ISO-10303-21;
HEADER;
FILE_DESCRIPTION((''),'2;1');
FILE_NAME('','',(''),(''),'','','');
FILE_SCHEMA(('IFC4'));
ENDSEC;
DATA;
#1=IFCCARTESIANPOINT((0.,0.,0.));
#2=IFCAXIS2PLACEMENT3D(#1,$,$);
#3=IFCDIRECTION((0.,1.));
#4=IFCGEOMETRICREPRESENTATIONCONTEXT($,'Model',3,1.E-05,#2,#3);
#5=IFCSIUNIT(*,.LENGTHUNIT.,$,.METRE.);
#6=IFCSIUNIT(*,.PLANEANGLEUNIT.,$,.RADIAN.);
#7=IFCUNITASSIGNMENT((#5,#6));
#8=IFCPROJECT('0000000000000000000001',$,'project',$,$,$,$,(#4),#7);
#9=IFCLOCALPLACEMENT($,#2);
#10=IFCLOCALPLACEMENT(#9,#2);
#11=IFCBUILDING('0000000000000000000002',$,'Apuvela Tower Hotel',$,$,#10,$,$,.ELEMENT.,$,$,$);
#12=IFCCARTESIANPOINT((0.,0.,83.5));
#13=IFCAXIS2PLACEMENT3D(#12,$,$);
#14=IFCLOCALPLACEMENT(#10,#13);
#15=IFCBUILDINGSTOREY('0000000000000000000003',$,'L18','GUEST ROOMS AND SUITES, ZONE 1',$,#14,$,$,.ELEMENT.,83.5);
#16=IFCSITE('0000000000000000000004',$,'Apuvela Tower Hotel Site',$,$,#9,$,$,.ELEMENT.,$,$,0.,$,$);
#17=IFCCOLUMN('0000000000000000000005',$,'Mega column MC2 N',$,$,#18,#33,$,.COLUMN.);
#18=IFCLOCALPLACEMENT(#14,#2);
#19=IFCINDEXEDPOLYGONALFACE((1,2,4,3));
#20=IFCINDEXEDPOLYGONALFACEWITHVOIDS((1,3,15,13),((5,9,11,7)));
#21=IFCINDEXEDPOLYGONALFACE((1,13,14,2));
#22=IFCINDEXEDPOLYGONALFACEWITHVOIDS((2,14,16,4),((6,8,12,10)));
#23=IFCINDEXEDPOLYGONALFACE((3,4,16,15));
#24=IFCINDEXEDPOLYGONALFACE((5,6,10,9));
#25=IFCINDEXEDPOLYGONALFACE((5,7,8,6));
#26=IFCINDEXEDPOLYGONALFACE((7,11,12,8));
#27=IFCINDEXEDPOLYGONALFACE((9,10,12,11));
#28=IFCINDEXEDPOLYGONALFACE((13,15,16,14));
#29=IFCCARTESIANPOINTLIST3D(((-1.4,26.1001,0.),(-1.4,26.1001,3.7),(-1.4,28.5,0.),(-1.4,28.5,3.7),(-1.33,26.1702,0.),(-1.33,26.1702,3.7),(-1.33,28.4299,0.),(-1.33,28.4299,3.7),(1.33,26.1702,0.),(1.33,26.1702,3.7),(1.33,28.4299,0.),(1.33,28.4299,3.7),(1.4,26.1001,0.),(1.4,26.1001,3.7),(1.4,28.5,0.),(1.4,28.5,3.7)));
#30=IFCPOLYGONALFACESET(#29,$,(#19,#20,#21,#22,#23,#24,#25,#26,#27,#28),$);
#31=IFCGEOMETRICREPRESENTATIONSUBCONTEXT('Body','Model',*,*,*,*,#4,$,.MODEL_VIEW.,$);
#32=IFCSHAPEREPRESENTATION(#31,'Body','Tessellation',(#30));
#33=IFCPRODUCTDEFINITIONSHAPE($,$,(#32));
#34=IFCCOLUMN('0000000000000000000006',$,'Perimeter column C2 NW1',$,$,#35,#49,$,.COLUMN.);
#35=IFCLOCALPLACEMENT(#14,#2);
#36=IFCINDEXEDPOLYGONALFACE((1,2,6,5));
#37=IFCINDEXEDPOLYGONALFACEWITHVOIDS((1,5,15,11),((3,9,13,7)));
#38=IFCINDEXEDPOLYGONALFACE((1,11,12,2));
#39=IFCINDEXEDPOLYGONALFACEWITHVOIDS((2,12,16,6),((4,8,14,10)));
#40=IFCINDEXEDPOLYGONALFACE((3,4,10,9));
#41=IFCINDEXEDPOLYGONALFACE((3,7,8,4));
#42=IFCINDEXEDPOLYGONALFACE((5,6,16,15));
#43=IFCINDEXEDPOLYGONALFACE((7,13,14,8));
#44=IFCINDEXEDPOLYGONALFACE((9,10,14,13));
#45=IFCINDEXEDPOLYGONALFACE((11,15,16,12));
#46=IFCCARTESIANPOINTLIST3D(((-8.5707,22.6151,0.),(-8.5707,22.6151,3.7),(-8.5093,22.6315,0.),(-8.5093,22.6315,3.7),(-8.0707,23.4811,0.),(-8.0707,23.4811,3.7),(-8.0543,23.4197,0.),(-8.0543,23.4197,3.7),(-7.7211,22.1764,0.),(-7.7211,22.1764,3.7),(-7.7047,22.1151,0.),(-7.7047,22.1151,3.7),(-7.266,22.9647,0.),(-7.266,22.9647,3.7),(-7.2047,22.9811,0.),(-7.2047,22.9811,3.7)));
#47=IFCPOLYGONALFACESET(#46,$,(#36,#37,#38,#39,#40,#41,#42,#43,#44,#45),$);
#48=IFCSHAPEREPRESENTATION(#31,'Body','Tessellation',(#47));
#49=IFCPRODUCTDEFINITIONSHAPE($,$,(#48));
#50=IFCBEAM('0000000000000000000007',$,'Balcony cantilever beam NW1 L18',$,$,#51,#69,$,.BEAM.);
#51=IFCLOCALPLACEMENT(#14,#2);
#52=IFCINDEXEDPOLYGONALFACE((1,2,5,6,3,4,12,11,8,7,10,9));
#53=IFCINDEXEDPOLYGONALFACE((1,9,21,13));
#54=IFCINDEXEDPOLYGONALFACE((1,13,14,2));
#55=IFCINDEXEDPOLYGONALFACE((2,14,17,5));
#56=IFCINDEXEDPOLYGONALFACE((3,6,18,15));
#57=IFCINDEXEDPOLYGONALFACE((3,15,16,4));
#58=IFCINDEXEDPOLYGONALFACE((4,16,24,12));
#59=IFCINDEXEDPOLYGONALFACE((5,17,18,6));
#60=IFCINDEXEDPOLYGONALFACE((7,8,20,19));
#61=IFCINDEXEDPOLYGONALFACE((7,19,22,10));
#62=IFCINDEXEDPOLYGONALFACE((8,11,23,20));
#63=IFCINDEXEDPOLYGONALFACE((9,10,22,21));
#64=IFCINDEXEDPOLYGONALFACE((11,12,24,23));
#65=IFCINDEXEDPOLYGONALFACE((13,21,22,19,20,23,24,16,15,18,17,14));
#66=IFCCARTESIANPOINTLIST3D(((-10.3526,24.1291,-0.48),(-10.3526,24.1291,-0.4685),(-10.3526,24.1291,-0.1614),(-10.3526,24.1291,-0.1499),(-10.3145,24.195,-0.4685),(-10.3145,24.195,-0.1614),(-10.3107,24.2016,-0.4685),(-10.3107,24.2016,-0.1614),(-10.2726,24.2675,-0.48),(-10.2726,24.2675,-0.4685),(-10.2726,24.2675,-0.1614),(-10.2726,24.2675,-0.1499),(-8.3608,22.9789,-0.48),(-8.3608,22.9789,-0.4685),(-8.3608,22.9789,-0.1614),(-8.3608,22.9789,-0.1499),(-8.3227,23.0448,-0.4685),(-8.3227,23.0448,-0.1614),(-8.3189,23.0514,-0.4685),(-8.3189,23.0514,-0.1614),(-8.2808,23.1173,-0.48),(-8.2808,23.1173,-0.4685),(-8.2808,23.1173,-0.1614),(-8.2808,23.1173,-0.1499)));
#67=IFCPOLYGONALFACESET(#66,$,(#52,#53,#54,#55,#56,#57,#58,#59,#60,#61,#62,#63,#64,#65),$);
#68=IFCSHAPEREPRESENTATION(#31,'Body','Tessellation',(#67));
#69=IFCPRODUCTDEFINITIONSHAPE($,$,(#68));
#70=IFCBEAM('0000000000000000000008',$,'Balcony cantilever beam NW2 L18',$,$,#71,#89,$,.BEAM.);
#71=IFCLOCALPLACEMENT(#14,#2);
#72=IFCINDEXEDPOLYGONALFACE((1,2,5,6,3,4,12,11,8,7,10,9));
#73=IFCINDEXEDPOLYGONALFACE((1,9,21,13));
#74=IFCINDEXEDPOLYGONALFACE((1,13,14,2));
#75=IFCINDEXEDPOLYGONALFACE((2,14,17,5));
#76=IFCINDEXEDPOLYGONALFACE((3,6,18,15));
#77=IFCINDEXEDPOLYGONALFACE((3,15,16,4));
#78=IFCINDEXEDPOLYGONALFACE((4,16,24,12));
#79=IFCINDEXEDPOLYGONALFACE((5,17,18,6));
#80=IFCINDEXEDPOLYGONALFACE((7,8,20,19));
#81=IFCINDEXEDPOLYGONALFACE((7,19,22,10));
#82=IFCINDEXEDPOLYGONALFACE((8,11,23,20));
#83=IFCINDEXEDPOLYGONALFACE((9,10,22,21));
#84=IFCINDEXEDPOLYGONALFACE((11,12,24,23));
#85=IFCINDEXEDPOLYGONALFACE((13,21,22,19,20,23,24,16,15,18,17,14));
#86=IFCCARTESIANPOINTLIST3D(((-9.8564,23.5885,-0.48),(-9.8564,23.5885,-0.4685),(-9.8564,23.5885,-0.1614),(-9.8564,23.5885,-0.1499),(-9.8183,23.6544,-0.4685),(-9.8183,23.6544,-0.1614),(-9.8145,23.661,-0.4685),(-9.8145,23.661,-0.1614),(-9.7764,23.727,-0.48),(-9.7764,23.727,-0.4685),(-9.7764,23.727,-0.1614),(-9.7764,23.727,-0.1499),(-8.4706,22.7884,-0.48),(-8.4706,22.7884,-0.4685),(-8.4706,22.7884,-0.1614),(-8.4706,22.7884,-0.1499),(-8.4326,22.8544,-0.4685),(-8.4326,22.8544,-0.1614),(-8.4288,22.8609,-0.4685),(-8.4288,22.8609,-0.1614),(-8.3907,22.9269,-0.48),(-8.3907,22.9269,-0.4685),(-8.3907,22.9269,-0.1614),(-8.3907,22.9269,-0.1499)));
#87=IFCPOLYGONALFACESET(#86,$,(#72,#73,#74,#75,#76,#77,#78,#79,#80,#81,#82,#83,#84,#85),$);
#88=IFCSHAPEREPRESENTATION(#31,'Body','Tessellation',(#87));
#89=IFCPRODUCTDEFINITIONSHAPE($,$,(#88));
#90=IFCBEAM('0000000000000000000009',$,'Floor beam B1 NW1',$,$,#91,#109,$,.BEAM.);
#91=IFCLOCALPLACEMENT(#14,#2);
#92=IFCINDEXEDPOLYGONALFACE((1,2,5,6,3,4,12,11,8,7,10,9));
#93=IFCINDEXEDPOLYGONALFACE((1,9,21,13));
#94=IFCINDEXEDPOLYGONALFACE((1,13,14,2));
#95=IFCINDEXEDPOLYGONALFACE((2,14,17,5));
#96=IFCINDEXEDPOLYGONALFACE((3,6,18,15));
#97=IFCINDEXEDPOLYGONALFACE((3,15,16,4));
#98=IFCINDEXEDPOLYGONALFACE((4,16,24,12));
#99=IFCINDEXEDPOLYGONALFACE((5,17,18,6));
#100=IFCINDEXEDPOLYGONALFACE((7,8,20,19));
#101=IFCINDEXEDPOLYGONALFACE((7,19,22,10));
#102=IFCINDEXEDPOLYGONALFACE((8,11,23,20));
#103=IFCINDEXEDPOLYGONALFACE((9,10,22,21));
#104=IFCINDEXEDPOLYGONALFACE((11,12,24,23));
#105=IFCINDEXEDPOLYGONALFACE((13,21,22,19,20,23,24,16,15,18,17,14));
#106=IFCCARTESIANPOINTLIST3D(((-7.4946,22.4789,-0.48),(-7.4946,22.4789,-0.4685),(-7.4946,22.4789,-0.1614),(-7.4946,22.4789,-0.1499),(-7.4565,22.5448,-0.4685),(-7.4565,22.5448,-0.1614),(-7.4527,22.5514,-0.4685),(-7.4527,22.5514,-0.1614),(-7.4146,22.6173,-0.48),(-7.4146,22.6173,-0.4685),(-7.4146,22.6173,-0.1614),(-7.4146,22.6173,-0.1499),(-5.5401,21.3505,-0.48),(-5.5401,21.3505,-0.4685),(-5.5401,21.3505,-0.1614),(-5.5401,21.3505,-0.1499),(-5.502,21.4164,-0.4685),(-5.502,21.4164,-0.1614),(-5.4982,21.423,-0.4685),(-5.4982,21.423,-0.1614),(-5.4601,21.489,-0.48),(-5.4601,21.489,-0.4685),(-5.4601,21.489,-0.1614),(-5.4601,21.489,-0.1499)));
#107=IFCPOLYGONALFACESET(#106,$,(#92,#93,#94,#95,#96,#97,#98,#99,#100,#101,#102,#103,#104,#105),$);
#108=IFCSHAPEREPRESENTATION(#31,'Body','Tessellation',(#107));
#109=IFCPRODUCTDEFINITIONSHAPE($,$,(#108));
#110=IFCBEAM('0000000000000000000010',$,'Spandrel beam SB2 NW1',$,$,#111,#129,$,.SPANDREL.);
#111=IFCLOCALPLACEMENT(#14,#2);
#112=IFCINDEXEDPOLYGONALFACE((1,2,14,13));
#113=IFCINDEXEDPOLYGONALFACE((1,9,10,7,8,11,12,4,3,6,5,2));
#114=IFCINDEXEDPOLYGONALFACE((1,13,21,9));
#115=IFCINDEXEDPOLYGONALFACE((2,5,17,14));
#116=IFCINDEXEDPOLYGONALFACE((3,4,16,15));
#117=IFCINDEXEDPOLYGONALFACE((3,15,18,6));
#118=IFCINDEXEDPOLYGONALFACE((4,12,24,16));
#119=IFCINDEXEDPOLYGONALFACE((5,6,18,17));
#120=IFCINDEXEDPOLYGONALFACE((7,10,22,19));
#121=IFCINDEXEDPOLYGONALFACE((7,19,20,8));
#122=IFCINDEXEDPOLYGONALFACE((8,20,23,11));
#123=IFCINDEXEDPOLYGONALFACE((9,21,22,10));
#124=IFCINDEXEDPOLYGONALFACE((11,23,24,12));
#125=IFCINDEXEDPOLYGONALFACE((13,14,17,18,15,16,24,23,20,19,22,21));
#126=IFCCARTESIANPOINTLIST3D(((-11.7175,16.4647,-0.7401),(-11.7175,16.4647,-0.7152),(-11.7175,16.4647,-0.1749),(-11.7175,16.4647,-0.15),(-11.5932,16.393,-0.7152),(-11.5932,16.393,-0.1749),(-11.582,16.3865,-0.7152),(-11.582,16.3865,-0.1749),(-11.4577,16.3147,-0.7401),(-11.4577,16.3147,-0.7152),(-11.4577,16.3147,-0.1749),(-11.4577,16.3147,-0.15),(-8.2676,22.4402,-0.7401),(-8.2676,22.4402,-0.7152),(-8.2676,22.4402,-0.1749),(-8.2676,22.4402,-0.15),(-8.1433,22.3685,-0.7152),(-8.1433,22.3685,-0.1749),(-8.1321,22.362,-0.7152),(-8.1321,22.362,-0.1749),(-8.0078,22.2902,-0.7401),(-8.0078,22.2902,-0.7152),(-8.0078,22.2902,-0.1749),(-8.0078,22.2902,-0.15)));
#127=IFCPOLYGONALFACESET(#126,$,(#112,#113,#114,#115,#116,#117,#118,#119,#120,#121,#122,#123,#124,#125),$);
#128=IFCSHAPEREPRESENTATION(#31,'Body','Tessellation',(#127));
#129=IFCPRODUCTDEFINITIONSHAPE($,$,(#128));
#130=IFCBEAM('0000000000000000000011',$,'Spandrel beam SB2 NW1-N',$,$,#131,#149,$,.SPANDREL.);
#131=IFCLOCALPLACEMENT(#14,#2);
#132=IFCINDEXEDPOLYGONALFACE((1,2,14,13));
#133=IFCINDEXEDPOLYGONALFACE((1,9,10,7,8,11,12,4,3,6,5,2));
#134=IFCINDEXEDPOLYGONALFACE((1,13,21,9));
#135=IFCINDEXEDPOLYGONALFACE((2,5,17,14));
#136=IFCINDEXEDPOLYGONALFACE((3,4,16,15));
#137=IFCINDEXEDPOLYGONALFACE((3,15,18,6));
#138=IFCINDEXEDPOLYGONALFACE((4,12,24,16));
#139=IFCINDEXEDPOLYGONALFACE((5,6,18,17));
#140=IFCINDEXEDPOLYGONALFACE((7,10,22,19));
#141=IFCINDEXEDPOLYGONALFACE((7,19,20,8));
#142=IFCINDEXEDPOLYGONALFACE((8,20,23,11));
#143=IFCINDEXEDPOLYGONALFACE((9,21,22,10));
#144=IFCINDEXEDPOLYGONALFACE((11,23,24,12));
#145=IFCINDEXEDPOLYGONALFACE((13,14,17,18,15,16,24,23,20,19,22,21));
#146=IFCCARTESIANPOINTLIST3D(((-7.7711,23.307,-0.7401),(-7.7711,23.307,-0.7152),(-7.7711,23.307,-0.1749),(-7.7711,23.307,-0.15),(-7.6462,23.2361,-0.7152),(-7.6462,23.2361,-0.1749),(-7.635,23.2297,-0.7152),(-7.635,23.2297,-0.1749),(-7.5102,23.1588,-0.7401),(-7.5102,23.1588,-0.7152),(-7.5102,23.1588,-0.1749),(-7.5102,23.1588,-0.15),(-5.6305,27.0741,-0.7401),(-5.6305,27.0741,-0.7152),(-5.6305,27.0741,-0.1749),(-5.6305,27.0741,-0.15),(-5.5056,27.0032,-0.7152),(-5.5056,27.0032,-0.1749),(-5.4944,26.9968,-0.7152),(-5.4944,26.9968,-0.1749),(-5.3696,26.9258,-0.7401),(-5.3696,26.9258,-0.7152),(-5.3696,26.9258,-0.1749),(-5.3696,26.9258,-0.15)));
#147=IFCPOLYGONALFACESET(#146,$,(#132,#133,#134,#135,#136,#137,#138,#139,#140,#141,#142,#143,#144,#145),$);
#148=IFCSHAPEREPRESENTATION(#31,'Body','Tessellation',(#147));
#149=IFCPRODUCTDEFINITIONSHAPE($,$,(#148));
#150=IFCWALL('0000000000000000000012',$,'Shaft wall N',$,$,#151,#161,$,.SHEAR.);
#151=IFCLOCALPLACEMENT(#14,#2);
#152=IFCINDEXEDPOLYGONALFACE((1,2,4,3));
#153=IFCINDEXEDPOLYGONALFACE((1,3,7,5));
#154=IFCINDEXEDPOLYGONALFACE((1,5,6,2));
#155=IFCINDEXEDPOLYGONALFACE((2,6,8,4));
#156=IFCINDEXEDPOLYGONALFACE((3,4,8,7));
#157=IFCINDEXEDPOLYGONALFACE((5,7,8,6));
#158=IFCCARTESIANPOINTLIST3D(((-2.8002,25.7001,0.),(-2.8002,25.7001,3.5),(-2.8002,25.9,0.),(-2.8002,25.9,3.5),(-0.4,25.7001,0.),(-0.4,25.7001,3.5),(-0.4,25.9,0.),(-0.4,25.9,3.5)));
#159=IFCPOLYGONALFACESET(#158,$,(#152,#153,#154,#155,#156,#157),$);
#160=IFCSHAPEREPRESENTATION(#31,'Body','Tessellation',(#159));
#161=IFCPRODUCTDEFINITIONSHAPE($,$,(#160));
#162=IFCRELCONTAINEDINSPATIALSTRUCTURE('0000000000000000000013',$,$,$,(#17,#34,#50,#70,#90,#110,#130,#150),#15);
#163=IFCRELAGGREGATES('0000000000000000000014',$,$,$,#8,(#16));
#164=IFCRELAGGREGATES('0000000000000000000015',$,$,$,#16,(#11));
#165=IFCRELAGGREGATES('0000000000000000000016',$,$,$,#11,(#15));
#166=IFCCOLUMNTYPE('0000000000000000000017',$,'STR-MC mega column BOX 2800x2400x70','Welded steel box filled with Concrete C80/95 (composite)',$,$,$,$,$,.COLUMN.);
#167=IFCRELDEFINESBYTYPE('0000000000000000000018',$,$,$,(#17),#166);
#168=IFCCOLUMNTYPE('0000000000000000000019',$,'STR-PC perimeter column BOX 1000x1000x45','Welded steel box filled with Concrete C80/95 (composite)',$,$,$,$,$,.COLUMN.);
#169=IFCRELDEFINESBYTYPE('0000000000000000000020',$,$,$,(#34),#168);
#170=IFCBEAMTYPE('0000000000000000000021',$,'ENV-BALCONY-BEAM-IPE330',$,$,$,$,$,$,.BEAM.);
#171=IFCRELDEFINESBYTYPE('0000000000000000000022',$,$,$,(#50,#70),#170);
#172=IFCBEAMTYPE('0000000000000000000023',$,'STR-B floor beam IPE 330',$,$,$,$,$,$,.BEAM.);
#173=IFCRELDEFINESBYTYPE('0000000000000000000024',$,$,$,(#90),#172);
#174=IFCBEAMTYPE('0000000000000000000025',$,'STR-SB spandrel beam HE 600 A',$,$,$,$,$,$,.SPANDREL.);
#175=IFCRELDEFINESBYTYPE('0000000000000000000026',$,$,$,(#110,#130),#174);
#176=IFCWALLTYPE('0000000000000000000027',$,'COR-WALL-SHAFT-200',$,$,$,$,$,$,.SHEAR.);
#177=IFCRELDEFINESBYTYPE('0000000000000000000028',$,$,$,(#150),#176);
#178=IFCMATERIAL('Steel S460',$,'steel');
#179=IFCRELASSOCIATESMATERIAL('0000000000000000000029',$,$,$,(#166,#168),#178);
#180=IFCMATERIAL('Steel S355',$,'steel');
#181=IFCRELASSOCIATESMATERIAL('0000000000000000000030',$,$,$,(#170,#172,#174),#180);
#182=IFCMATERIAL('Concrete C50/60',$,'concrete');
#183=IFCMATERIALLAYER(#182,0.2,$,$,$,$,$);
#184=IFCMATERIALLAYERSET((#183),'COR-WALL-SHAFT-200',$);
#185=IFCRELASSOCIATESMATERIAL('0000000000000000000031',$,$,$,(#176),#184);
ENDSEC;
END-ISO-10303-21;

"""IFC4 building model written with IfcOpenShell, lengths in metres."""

from ifc_helpers import new_model, si_unit, direction, frame, frame_2d, origin, origin_2d, place, context, subcontext, project, spatial, rectangle, hollow_rectangle, i_section, extrude, material, layer, layer_set, material_profile, profile_set, type_object, element, save


model = new_model("IFC4")

# Units and contexts
model_context = context("Model", 3, precision=1e-05, world=origin(), true_north=direction((0.0, 1.0)))
body_context = subcontext(model_context, "Body", "Model", "MODEL_VIEW")
ifc_project = project(units=[si_unit("LENGTHUNIT", "METRE"), si_unit("PLANEANGLEUNIT", "RADIAN")], contexts=[model_context])

# Site, building, storey
site_placement = place(None, origin())
site = spatial("IfcSite", under=ifc_project, at=site_placement, Name="Apuvela Tower Hotel Site", CompositionType="ELEMENT", RefElevation=0.0)
building_placement = place(site_placement, origin())
building = spatial("IfcBuilding", under=site, at=building_placement, Name="Apuvela Tower Hotel", CompositionType="ELEMENT")
storey_placement = place(building_placement, frame((0.0, 0.0, 83.5)))
storey = spatial("IfcBuildingStorey", under=building, at=storey_placement, Name="L18", Description="GUEST ROOMS AND SUITES, ZONE 1", CompositionType="ELEMENT", Elevation=83.5)

# Columns
ifc_material_1 = material(Name="Steel S460", Category="steel")
ifc_material_profile_1 = material_profile(ifc_material_1, hollow_rectangle(XDim=2.8, YDim=2.3999, WallThickness=0.0701, at=origin_2d()), Name="BOX 2800x2400x70")
ifc_material_2 = material(Name="Concrete C80/95", Category="concrete")
ifc_material_profile_2 = material_profile(ifc_material_2, rectangle(XDim=2.6599, YDim=2.26, at=origin_2d()), Name="Concrete C80/95 infill")
ifc_profile_set_1 = profile_set([ifc_material_profile_1, ifc_material_profile_2], Name="Steel S460")
column_type_1 = type_object("IfcColumnType", Name="STR-MC mega column BOX 2800x2400x70", Description="Welded steel box filled with Concrete C80/95 (composite)", PredefinedType="COLUMN", material=ifc_profile_set_1)
column_1_placement = place(storey_placement, frame((0.0, 27.3, 0.0), z_axis=(0.0, 0.0, 1.0), x_axis=(1.0, 0.0, 0.0)))
element("IfcColumn", 1, at=column_1_placement, inside=storey, type_object=column_type_1, Name="Mega column MC2 N", PredefinedType="COLUMN", context=body_context, shape_type="SweptSolid", body=[
    extrude(hollow_rectangle(XDim=2.8, YDim=2.3999, WallThickness=0.0701, at=origin_2d()), origin(), (0.0, 0.0, 1.0), 3.7),
])
ifc_material_profile_3 = material_profile(ifc_material_1, hollow_rectangle(XDim=1.0, YDim=1.0, WallThickness=0.0449, at=origin_2d()), Name="BOX 1000x1000x45")
ifc_material_profile_4 = material_profile(ifc_material_2, rectangle(XDim=0.9099, YDim=0.9099, at=origin_2d()), Name="Concrete C80/95 infill")
ifc_profile_set_2 = profile_set([ifc_material_profile_3, ifc_material_profile_4], Name="Steel S460")
column_type_2 = type_object("IfcColumnType", Name="STR-PC perimeter column BOX 1000x1000x45", Description="Welded steel box filled with Concrete C80/95 (composite)", PredefinedType="COLUMN", material=ifc_profile_set_2)
column_2_placement = place(storey_placement, frame((-7.8877, 22.7981, 0.0), z_axis=(0.0, 0.0, 1.0), x_axis=(0.5, 0.866025, 0.0)))
element("IfcColumn", 2, at=column_2_placement, inside=storey, type_object=column_type_2, Name="Perimeter column C2 NW1", PredefinedType="COLUMN", context=body_context, shape_type="SweptSolid", body=[
    extrude(hollow_rectangle(XDim=1.0, YDim=1.0, WallThickness=0.0449, at=origin_2d()), origin(), (0.0, 0.0, 1.0), 3.7),
])

# Beams
ifc_material_3 = material(Name="Steel S355", Category="steel")
ifc_material_profile_5 = material_profile(ifc_material_3, i_section(OverallWidth=0.1599, OverallDepth=0.3301, WebThickness=0.0076, FlangeThickness=0.0115, at=origin_2d()), Name="IPE 330")
ifc_profile_set_3 = profile_set([ifc_material_profile_5], Name="Steel S355")
beam_type_1 = type_object("IfcBeamType", Name="ENV-BALCONY-BEAM-IPE330", PredefinedType="BEAM", material=ifc_profile_set_3)
beam_1_placement = place(storey_placement, frame((-8.3208, 23.0481, -0.3149), z_axis=(-0.865981, 0.500078, 0.0), x_axis=(-0.500078, -0.865981, 0.0)))
element("IfcBeam", 3, at=beam_1_placement, inside=storey, type_object=beam_type_1, Name="Balcony cantilever beam NW1 L18", PredefinedType="BEAM", context=body_context, shape_type="SweptSolid", body=[
    extrude(i_section(OverallWidth=0.1599, OverallDepth=0.3301, WebThickness=0.0076, FlangeThickness=0.0115, at=origin_2d()), origin(), (0.0, 0.0, 1.0), 2.3),
])
beam_2_placement = place(storey_placement, frame((-8.4307, 22.8577, -0.3149), z_axis=(-0.866028, 0.499995, 0.0), x_axis=(-0.499995, -0.866028, 0.0)))
element("IfcBeam", 4, at=beam_2_placement, inside=storey, type_object=beam_type_1, Name="Balcony cantilever beam NW2 L18", PredefinedType="BEAM", context=body_context, shape_type="SweptSolid", body=[
    extrude(i_section(OverallWidth=0.1599, OverallDepth=0.3301, WebThickness=0.0076, FlangeThickness=0.0115, at=origin_2d()), origin(), (0.0, 0.0, 1.0), 1.6001),
])
ifc_material_profile_6 = material_profile(ifc_material_3, i_section(OverallWidth=0.1599, OverallDepth=0.3301, WebThickness=0.0076, FlangeThickness=0.0115, at=origin_2d()), Name="IPE 330")
ifc_profile_set_4 = profile_set([ifc_material_profile_6], Name="Steel S355")
beam_type_2 = type_object("IfcBeamType", Name="STR-B floor beam IPE 330", PredefinedType="BEAM", material=ifc_profile_set_4)
beam_3_placement = place(storey_placement, frame((-7.4546, 22.5481, -0.3149), z_axis=(0.866038, -0.499978, 0.0), x_axis=(0.499978, 0.866038, 0.0)))
element("IfcBeam", 5, at=beam_3_placement, inside=storey, type_object=beam_type_2, Name="Floor beam B1 NW1", PredefinedType="BEAM", context=body_context, shape_type="SweptSolid", body=[
    extrude(i_section(OverallWidth=0.1599, OverallDepth=0.3301, WebThickness=0.0076, FlangeThickness=0.0115, at=origin_2d()), origin(), (0.0, 0.0, 1.0), 2.2568),
])
ifc_material_profile_7 = material_profile(ifc_material_3, i_section(OverallWidth=0.3, OverallDepth=0.5901, WebThickness=0.0129, FlangeThickness=0.0249, at=origin_2d()), Name="HE 600 A")
ifc_profile_set_5 = profile_set([ifc_material_profile_7], Name="Steel S355")
beam_type_3 = type_object("IfcBeamType", Name="STR-SB spandrel beam HE 600 A", PredefinedType="SPANDREL", material=ifc_profile_set_5)
beam_4_placement = place(storey_placement, frame((-8.1377, 22.3652, -0.4451), z_axis=(-0.499994, -0.866029, 0.0), x_axis=(0.866029, -0.499994, 0.0)))
element("IfcBeam", 6, at=beam_4_placement, inside=storey, type_object=beam_type_3, Name="Spandrel beam SB2 NW1", PredefinedType="SPANDREL", context=body_context, shape_type="SweptSolid", body=[
    extrude(i_section(OverallWidth=0.3, OverallDepth=0.5901, WebThickness=0.0129, FlangeThickness=0.0249, at=origin_2d()), origin(), (0.0, 0.0, 1.0), 6.8999),
])
beam_5_placement = place(storey_placement, frame((-7.6406, 23.2329, -0.4451), z_axis=(0.49405, 0.869433, 0.0), x_axis=(-0.869433, 0.49405, 0.0)))
element("IfcBeam", 7, at=beam_5_placement, inside=storey, type_object=beam_type_3, Name="Spandrel beam SB2 NW1-N", PredefinedType="SPANDREL", context=body_context, shape_type="SweptSolid", body=[
    extrude(i_section(OverallWidth=0.3, OverallDepth=0.5901, WebThickness=0.0129, FlangeThickness=0.0249, at=origin_2d()), origin(), (0.0, 0.0, 1.0), 4.3328),
])

# Wall
ifc_material_4 = material(Name="Concrete C50/60", Category="concrete")
ifc_layer_1 = layer(ifc_material_4, 0.2)
ifc_layer_set_1 = layer_set([ifc_layer_1], Name="COR-WALL-SHAFT-200")
wall_type_1 = type_object("IfcWallType", Name="COR-WALL-SHAFT-200", PredefinedType="SHEAR", material=ifc_layer_set_1)
wall_1_placement = place(storey_placement, frame((-0.3999, 25.8, 0.0), z_axis=(0.0, 0.0, 1.0), x_axis=(-1.0, 0.0, 0.0)))
element("IfcWall", 8, at=wall_1_placement, inside=storey, type_object=wall_type_1, Name="Shaft wall N", PredefinedType="SHEAR", context=body_context, shape_type="SweptSolid", body=[
    extrude(rectangle(XDim=2.4001, YDim=0.2, at=frame_2d((1.2002, 0.0))), origin(), (0.0, 0.0, 1.0), 3.5),
])

save(model, "model.ifc")
